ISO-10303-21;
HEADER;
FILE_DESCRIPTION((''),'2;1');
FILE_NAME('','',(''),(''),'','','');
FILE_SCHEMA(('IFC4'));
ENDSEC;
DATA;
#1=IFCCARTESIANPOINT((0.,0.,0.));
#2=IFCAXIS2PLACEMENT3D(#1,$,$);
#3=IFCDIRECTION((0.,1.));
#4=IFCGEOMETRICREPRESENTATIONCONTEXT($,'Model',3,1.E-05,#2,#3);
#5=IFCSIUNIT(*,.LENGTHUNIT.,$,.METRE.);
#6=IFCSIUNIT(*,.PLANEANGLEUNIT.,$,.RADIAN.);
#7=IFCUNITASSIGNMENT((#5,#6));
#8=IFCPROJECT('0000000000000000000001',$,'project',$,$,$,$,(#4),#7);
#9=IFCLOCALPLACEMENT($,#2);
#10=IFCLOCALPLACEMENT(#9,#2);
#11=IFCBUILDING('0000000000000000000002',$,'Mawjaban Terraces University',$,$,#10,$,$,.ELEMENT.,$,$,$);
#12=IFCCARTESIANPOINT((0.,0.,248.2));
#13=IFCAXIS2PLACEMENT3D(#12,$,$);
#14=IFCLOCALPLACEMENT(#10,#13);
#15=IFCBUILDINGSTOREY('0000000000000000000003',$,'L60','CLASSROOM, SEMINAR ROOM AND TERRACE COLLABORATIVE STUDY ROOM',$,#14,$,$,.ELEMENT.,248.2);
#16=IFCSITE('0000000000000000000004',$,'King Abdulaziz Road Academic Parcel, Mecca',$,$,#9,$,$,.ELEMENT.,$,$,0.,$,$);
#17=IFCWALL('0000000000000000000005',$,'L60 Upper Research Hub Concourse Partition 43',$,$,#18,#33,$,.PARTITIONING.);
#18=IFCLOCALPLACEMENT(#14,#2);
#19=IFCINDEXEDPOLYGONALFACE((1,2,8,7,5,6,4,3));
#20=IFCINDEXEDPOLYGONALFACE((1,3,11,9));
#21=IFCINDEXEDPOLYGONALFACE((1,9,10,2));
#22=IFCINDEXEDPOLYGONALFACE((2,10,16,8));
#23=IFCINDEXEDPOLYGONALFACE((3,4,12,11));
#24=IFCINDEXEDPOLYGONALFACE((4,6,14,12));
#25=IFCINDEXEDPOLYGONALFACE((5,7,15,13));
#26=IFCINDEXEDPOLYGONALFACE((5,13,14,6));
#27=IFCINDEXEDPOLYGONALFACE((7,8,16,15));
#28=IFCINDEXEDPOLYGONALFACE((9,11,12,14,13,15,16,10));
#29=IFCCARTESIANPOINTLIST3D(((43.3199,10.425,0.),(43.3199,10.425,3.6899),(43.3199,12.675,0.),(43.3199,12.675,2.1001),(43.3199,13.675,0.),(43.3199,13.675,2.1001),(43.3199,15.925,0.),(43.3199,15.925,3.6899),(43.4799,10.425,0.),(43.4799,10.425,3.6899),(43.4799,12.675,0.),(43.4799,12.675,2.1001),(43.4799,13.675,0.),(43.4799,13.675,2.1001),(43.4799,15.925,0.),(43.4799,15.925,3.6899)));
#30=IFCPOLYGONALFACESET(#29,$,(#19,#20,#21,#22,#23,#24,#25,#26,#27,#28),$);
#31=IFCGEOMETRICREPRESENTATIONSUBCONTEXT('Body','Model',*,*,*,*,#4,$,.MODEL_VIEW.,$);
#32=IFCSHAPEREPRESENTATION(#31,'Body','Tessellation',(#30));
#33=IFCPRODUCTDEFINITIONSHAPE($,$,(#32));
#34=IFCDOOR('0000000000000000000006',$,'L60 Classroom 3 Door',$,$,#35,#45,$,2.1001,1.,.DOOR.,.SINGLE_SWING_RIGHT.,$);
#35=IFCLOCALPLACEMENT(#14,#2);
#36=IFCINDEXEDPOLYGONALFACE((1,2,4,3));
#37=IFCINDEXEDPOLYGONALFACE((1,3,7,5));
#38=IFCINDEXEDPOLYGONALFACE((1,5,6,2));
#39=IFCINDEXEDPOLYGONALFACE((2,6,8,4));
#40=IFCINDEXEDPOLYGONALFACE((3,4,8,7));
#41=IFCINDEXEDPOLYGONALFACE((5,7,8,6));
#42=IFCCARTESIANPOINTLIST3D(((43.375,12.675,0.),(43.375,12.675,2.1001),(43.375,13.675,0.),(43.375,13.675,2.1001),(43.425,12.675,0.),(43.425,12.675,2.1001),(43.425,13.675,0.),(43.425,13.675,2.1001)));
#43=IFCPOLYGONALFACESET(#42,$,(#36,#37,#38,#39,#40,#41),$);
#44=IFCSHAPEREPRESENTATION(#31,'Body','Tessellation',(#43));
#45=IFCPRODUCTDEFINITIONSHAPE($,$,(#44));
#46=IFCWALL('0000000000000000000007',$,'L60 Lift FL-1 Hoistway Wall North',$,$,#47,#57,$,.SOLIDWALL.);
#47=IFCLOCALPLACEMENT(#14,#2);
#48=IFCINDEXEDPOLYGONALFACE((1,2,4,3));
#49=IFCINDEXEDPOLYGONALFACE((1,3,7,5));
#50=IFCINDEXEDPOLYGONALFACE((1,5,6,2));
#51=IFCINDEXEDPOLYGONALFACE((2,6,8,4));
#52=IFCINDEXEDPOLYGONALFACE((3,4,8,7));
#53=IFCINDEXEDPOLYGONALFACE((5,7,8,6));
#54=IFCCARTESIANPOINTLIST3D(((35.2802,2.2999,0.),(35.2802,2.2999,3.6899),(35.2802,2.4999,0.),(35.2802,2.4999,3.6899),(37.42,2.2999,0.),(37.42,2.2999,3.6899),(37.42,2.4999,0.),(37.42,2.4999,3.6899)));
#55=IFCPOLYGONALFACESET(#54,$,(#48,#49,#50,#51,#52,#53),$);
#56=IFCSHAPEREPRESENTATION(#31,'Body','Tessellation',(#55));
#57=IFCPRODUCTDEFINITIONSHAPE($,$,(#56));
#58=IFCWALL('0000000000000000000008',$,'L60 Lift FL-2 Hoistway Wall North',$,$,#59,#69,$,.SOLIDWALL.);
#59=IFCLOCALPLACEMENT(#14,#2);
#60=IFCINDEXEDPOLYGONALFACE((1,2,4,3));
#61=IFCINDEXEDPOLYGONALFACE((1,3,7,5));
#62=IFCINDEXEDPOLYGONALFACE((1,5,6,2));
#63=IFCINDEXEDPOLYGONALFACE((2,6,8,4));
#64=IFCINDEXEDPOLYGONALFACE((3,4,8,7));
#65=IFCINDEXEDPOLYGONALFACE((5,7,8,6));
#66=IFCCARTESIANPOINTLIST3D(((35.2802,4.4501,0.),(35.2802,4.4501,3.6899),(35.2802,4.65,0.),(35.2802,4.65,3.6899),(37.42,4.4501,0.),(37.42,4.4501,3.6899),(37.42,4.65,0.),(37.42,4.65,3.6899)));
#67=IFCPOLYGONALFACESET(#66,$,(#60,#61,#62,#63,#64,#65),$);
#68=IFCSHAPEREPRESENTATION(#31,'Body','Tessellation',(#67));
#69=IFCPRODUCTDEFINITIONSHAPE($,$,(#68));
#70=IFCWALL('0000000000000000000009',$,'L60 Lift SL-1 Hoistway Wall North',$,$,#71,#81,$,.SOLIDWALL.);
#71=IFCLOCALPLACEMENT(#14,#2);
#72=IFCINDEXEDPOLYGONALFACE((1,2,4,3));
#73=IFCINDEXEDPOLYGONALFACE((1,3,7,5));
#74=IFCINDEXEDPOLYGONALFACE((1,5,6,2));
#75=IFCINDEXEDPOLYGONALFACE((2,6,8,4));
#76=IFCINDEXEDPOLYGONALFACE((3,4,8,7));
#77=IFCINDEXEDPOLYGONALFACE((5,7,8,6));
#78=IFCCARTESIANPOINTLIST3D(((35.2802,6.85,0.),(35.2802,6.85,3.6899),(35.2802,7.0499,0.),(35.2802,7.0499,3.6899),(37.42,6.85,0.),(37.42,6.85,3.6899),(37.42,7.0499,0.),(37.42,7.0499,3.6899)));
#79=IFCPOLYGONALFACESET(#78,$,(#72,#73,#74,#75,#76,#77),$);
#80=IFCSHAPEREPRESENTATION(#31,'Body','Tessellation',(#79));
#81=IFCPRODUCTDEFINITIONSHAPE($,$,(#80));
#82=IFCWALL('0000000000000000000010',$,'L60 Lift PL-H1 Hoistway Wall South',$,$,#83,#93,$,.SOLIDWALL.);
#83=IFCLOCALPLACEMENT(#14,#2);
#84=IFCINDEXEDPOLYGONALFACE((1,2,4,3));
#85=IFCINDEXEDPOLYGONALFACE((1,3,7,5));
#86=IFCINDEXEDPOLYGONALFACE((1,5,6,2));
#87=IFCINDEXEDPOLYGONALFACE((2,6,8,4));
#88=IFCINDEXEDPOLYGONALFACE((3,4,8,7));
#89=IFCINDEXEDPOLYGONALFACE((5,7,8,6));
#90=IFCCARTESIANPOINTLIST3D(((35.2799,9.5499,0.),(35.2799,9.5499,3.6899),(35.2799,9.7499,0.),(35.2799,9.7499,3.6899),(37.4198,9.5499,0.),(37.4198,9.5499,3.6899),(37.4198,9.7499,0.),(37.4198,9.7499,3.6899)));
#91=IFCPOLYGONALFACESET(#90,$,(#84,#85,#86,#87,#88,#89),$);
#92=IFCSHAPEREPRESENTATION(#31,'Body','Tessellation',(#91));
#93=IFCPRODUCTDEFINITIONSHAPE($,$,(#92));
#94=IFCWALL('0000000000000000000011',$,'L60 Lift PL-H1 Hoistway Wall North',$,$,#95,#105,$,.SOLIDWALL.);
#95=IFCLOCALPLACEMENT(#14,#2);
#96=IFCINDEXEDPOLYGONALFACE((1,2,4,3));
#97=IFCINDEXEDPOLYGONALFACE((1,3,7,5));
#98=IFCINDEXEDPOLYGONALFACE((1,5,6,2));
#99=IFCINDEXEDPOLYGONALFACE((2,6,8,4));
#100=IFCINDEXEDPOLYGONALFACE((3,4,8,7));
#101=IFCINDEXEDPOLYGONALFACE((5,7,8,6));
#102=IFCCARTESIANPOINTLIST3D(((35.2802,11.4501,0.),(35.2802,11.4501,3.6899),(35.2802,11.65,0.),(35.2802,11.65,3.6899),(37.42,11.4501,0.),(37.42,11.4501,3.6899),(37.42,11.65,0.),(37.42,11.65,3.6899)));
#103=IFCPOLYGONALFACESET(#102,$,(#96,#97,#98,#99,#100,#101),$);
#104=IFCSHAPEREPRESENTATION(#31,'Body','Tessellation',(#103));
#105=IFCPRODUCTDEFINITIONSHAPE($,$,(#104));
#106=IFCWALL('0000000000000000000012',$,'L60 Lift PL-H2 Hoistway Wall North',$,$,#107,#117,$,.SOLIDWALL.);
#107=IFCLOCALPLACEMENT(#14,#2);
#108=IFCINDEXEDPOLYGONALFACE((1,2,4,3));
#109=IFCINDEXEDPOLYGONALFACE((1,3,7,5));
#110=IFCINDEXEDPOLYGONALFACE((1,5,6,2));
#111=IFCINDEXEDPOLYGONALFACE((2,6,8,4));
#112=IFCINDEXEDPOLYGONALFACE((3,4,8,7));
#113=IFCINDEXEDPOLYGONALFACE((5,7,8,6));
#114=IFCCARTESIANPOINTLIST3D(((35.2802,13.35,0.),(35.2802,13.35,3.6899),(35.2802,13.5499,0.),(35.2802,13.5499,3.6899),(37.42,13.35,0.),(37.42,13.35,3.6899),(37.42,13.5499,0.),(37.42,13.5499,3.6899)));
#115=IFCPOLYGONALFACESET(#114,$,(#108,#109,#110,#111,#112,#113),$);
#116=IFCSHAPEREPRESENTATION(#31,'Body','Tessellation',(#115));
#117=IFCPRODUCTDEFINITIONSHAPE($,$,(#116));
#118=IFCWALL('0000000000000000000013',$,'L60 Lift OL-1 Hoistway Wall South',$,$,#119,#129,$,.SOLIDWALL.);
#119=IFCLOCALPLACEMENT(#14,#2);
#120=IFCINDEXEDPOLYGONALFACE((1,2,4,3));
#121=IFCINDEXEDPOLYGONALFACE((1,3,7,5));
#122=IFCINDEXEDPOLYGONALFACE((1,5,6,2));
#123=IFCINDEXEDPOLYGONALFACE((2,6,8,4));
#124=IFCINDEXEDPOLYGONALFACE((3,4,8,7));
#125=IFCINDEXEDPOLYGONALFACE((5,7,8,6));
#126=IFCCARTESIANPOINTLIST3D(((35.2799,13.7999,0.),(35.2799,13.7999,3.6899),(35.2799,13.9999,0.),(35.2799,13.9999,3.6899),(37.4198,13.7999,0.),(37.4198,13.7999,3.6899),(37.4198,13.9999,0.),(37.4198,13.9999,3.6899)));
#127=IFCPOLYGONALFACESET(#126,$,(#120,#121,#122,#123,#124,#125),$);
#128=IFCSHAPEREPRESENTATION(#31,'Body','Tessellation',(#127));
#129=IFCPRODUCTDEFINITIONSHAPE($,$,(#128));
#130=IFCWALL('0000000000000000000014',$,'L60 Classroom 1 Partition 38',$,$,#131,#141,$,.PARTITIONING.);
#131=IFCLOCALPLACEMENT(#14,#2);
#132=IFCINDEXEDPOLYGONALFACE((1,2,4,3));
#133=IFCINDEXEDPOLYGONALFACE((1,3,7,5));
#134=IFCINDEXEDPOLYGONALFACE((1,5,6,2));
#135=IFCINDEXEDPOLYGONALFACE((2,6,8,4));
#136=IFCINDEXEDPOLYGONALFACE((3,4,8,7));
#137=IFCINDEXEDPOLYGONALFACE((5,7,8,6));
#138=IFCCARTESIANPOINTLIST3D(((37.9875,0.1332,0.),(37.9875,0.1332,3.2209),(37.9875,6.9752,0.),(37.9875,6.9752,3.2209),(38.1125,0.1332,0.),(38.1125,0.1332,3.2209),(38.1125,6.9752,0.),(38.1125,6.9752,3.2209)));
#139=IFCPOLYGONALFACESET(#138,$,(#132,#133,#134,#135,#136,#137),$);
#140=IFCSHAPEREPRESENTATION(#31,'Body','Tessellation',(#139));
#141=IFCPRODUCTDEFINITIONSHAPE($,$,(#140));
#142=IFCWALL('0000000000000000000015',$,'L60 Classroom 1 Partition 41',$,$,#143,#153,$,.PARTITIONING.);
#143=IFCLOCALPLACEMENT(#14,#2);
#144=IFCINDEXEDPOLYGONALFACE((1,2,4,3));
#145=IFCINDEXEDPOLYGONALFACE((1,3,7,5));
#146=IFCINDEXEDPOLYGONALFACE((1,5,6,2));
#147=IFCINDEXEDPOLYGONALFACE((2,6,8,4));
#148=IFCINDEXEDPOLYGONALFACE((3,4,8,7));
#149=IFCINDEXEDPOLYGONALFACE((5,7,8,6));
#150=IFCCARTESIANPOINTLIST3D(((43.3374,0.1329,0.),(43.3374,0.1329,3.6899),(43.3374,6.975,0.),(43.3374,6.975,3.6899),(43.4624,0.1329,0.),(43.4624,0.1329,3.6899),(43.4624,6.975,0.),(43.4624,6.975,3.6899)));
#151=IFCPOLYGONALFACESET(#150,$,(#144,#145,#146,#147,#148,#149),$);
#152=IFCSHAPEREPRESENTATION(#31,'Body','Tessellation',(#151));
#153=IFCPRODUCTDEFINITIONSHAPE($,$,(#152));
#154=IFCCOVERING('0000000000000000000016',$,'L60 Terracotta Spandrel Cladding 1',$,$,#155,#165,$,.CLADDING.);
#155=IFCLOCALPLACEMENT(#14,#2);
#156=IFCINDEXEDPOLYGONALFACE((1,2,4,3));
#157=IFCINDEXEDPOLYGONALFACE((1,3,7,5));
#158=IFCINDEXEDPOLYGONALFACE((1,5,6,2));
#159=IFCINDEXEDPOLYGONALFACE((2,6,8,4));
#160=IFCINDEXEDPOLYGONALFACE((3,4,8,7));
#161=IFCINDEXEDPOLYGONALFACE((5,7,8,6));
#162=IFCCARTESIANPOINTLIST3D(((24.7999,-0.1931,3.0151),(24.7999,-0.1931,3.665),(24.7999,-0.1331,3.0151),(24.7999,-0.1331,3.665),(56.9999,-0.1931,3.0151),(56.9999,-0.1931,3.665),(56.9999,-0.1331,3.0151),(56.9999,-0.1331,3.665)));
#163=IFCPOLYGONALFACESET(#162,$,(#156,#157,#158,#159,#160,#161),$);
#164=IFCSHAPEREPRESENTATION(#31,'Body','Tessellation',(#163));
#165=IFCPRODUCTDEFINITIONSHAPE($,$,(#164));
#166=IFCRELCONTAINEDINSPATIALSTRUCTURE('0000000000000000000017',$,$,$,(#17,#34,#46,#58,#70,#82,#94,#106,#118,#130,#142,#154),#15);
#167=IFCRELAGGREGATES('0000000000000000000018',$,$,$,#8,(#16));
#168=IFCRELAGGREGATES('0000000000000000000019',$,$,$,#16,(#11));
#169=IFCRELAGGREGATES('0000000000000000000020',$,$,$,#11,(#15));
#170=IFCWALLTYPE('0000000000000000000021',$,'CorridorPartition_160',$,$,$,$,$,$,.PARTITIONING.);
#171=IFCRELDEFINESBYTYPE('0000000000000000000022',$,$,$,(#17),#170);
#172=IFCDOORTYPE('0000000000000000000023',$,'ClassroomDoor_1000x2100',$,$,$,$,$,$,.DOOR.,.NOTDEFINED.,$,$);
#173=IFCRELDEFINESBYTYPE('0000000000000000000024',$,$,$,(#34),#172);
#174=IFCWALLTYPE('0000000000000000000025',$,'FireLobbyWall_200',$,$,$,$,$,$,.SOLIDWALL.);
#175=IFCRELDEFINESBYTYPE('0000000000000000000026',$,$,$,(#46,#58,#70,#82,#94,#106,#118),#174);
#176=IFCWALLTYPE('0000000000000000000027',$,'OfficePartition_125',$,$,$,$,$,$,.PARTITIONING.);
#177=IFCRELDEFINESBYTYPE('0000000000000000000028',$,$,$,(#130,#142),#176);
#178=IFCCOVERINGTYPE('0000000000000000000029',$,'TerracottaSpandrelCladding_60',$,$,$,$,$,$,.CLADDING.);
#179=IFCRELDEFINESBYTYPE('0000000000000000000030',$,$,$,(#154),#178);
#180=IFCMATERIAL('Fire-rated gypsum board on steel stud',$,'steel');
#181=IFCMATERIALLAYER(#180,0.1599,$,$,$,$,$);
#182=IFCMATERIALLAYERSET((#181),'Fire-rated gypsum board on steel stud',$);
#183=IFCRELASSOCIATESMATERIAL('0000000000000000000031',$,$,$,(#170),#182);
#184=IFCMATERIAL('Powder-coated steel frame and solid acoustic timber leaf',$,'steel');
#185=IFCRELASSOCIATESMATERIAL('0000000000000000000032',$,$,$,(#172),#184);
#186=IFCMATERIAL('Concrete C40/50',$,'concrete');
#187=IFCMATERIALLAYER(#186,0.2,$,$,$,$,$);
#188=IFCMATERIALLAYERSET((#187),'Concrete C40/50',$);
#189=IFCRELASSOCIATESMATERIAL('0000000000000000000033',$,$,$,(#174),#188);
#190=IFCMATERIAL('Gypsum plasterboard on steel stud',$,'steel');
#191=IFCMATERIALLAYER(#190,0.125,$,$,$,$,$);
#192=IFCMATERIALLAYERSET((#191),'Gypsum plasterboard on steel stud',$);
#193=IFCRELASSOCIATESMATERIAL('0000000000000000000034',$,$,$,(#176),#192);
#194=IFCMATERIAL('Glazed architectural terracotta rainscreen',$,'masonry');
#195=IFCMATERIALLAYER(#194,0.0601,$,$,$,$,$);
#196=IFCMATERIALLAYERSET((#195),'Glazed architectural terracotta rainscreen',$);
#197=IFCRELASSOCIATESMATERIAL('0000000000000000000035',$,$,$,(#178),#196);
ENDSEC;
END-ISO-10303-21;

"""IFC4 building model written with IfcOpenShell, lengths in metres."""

from ifc_helpers import new_model, si_unit, direction, frame, frame_2d, origin, origin_2d, place, context, subcontext, project, spatial, rectangle, extrude, material, layer, layer_set, type_object, element, fill, save


model = new_model("IFC4")

# Units and contexts
model_context = context("Model", 3, precision=1e-05, world=origin(), true_north=direction((0.0, 1.0)))
body_context = subcontext(model_context, "Body", "Model", "MODEL_VIEW")
ifc_project = project(units=[si_unit("LENGTHUNIT", "METRE"), si_unit("PLANEANGLEUNIT", "RADIAN")], contexts=[model_context])

# Site, building, storey
site_placement = place(None, origin())
site = spatial("IfcSite", under=ifc_project, at=site_placement, Name="King Abdulaziz Road Academic Parcel, Mecca", CompositionType="ELEMENT", RefElevation=0.0)
building_placement = place(site_placement, origin())
building = spatial("IfcBuilding", under=site, at=building_placement, Name="Mawjaban Terraces University", CompositionType="ELEMENT")
storey_placement = place(building_placement, frame((0.0, 0.0, 248.2)))
storey = spatial("IfcBuildingStorey", under=building, at=storey_placement, Name="L60", Description="CLASSROOM, SEMINAR ROOM AND TERRACE COLLABORATIVE STUDY ROOM", CompositionType="ELEMENT", Elevation=248.2)

# Shared definitions
ifc_material_1 = material(Name="Fire-rated gypsum board on steel stud", Category="steel")
ifc_layer_1 = layer(ifc_material_1, 0.1599)
ifc_layer_set_1 = layer_set([ifc_layer_1], Name="Fire-rated gypsum board on steel stud")
wall_type_1 = type_object("IfcWallType", Name="CorridorPartition_160", PredefinedType="PARTITIONING", material=ifc_layer_set_1)
ifc_material_2 = material(Name="Powder-coated steel frame and solid acoustic timber leaf", Category="steel")
door_type_1 = type_object("IfcDoorType", Name="ClassroomDoor_1000x2100", OperationType="NOTDEFINED", PredefinedType="DOOR", material=ifc_material_2)

# Wall, opening, door
wall_1_placement = place(storey_placement, frame((43.3999, 10.425, 0.0), z_axis=(0.0, 0.0, 1.0), x_axis=(0.0, 1.0, 0.0)))
wall_1 = element("IfcWall", 1, at=wall_1_placement, inside=storey, type_object=wall_type_1, Name="L60 Upper Research Hub Concourse Partition 43", PredefinedType="PARTITIONING", context=body_context, shape_type="SweptSolid", body=[
    extrude(rectangle(XDim=5.5, YDim=0.1599, at=frame_2d((2.75, 0.0))), origin(), (0.0, 0.0, 1.0), 3.6899),
])
opening_1_placement = place(wall_1_placement, frame((2.25, 0.0, 0.0)))
opening_1 = element("IfcOpeningElement", 2, at=opening_1_placement, cuts=wall_1, PredefinedType="OPENING", context=body_context, shape_type="SweptSolid", body=[
    extrude(rectangle(XDim=1.0, YDim=2.1001, at=frame_2d((0.5, 1.05))), frame((0.0, 0.0898, 0.0), z_axis=(0.0, -1.0, 0.0), x_axis=(1.0, 0.0, 0.0)), (0.0, 0.0, 1.0), 0.1799),
])
door_1_placement = place(opening_1_placement, origin())
door_1 = element("IfcDoor", 3, at=door_1_placement, inside=storey, type_object=door_type_1, Name="L60 Classroom 3 Door", OperationType="SINGLE_SWING_RIGHT", OverallHeight=2.1001, OverallWidth=1.0, PredefinedType="DOOR", context=body_context, shape_type="SweptSolid", body=[
    extrude(rectangle(XDim=1.0, YDim=2.1001, at=frame_2d((0.5, 1.05))), frame((0.0, 0.0249, 0.0), z_axis=(0.0, -1.0, 0.0), x_axis=(1.0, 0.0, 0.0)), (0.0, 0.0, 1.0), 0.05),
])
fill(opening_1, door_1)

# Walls
ifc_material_3 = material(Name="Concrete C40/50", Category="concrete")
ifc_layer_2 = layer(ifc_material_3, 0.2)
ifc_layer_set_2 = layer_set([ifc_layer_2], Name="Concrete C40/50")
wall_type_2 = type_object("IfcWallType", Name="FireLobbyWall_200", PredefinedType="SOLIDWALL", material=ifc_layer_set_2)
for number, where, z_axis, x_axis, name in (
    (4, (37.4199, 2.3999, 0.0), (0.0, 0.0, 1.0), (-1.0, 0.0, 0.0), "L60 Lift FL-1 Hoistway Wall North"),
    (5, (37.4199, 4.55, 0.0), (0.0, 0.0, 1.0), (-1.0, 0.0, 0.0), "L60 Lift FL-2 Hoistway Wall North"),
    (6, (37.4199, 6.95, 0.0), (0.0, 0.0, 1.0), (-1.0, 0.0, 0.0), "L60 Lift SL-1 Hoistway Wall North"),
    (7, (35.28, 9.6499, 0.0), (0.0, 0.0, 1.0), (1.0, 0.0, 0.0), "L60 Lift PL-H1 Hoistway Wall South"),
    (8, (37.4199, 11.55, 0.0), (0.0, 0.0, 1.0), (-1.0, 0.0, 0.0), "L60 Lift PL-H1 Hoistway Wall North"),
    (9, (37.4199, 13.45, 0.0), (0.0, 0.0, 1.0), (-1.0, 0.0, 0.0), "L60 Lift PL-H2 Hoistway Wall North"),
    (10, (35.28, 13.8999, 0.0), (0.0, 0.0, 1.0), (1.0, 0.0, 0.0), "L60 Lift OL-1 Hoistway Wall South"),
):
    element("IfcWall", number, at=place(storey_placement, frame(where, z_axis=z_axis, x_axis=x_axis)), inside=storey, type_object=wall_type_2, Name=name, PredefinedType="SOLIDWALL", context=body_context, shape_type="SweptSolid", body=[
        extrude(rectangle(XDim=2.1399, YDim=0.2, at=frame_2d((1.0698, 0.0))), origin(), (0.0, 0.0, 1.0), 3.6899),
    ])
ifc_material_4 = material(Name="Gypsum plasterboard on steel stud", Category="steel")
ifc_layer_3 = layer(ifc_material_4, 0.125)
ifc_layer_set_3 = layer_set([ifc_layer_3], Name="Gypsum plasterboard on steel stud")
wall_type_3 = type_object("IfcWallType", Name="OfficePartition_125", PredefinedType="PARTITIONING", material=ifc_layer_set_3)
wall_2_placement = place(storey_placement, frame((38.05, 6.9751, 0.0), z_axis=(0.0, 0.0, 1.0), x_axis=(0.0, -1.0, 0.0)))
element("IfcWall", 11, at=wall_2_placement, inside=storey, type_object=wall_type_3, Name="L60 Classroom 1 Partition 38", PredefinedType="PARTITIONING", context=body_context, shape_type="SweptSolid", body=[
    extrude(rectangle(XDim=6.842, YDim=0.125, at=frame_2d((3.4209, 0.0))), origin(), (0.0, 0.0, 1.0), 3.2209),
])
wall_3_placement = place(storey_placement, frame((43.3999, 0.1331, 0.0), z_axis=(0.0, 0.0, 1.0), x_axis=(0.0, 1.0, 0.0)))
element("IfcWall", 12, at=wall_3_placement, inside=storey, type_object=wall_type_3, Name="L60 Classroom 1 Partition 41", PredefinedType="PARTITIONING", context=body_context, shape_type="SweptSolid", body=[
    extrude(rectangle(XDim=6.842, YDim=0.125, at=frame_2d((3.4209, 0.0))), origin(), (0.0, 0.0, 1.0), 3.6899),
])

# Covering
ifc_material_5 = material(Name="Glazed architectural terracotta rainscreen", Category="masonry")
ifc_layer_4 = layer(ifc_material_5, 0.0601)
ifc_layer_set_4 = layer_set([ifc_layer_4], Name="Glazed architectural terracotta rainscreen")
covering_type = type_object("IfcCoveringType", Name="TerracottaSpandrelCladding_60", PredefinedType="CLADDING", material=ifc_layer_set_4)
covering_placement = place(storey_placement, frame((40.8999, -0.1631, 3.0151), z_axis=(0.0, 0.0, 1.0), x_axis=(1.0, 0.0, 0.0)))
element("IfcCovering", 13, at=covering_placement, inside=storey, type_object=covering_type, Name="L60 Terracotta Spandrel Cladding 1", PredefinedType="CLADDING", context=body_context, shape_type="SweptSolid", body=[
    extrude(rectangle(XDim=32.2, YDim=0.0601, at=origin_2d()), origin(), (0.0, 0.0, 1.0), 0.6499),
])

save(model, "model.ifc")
